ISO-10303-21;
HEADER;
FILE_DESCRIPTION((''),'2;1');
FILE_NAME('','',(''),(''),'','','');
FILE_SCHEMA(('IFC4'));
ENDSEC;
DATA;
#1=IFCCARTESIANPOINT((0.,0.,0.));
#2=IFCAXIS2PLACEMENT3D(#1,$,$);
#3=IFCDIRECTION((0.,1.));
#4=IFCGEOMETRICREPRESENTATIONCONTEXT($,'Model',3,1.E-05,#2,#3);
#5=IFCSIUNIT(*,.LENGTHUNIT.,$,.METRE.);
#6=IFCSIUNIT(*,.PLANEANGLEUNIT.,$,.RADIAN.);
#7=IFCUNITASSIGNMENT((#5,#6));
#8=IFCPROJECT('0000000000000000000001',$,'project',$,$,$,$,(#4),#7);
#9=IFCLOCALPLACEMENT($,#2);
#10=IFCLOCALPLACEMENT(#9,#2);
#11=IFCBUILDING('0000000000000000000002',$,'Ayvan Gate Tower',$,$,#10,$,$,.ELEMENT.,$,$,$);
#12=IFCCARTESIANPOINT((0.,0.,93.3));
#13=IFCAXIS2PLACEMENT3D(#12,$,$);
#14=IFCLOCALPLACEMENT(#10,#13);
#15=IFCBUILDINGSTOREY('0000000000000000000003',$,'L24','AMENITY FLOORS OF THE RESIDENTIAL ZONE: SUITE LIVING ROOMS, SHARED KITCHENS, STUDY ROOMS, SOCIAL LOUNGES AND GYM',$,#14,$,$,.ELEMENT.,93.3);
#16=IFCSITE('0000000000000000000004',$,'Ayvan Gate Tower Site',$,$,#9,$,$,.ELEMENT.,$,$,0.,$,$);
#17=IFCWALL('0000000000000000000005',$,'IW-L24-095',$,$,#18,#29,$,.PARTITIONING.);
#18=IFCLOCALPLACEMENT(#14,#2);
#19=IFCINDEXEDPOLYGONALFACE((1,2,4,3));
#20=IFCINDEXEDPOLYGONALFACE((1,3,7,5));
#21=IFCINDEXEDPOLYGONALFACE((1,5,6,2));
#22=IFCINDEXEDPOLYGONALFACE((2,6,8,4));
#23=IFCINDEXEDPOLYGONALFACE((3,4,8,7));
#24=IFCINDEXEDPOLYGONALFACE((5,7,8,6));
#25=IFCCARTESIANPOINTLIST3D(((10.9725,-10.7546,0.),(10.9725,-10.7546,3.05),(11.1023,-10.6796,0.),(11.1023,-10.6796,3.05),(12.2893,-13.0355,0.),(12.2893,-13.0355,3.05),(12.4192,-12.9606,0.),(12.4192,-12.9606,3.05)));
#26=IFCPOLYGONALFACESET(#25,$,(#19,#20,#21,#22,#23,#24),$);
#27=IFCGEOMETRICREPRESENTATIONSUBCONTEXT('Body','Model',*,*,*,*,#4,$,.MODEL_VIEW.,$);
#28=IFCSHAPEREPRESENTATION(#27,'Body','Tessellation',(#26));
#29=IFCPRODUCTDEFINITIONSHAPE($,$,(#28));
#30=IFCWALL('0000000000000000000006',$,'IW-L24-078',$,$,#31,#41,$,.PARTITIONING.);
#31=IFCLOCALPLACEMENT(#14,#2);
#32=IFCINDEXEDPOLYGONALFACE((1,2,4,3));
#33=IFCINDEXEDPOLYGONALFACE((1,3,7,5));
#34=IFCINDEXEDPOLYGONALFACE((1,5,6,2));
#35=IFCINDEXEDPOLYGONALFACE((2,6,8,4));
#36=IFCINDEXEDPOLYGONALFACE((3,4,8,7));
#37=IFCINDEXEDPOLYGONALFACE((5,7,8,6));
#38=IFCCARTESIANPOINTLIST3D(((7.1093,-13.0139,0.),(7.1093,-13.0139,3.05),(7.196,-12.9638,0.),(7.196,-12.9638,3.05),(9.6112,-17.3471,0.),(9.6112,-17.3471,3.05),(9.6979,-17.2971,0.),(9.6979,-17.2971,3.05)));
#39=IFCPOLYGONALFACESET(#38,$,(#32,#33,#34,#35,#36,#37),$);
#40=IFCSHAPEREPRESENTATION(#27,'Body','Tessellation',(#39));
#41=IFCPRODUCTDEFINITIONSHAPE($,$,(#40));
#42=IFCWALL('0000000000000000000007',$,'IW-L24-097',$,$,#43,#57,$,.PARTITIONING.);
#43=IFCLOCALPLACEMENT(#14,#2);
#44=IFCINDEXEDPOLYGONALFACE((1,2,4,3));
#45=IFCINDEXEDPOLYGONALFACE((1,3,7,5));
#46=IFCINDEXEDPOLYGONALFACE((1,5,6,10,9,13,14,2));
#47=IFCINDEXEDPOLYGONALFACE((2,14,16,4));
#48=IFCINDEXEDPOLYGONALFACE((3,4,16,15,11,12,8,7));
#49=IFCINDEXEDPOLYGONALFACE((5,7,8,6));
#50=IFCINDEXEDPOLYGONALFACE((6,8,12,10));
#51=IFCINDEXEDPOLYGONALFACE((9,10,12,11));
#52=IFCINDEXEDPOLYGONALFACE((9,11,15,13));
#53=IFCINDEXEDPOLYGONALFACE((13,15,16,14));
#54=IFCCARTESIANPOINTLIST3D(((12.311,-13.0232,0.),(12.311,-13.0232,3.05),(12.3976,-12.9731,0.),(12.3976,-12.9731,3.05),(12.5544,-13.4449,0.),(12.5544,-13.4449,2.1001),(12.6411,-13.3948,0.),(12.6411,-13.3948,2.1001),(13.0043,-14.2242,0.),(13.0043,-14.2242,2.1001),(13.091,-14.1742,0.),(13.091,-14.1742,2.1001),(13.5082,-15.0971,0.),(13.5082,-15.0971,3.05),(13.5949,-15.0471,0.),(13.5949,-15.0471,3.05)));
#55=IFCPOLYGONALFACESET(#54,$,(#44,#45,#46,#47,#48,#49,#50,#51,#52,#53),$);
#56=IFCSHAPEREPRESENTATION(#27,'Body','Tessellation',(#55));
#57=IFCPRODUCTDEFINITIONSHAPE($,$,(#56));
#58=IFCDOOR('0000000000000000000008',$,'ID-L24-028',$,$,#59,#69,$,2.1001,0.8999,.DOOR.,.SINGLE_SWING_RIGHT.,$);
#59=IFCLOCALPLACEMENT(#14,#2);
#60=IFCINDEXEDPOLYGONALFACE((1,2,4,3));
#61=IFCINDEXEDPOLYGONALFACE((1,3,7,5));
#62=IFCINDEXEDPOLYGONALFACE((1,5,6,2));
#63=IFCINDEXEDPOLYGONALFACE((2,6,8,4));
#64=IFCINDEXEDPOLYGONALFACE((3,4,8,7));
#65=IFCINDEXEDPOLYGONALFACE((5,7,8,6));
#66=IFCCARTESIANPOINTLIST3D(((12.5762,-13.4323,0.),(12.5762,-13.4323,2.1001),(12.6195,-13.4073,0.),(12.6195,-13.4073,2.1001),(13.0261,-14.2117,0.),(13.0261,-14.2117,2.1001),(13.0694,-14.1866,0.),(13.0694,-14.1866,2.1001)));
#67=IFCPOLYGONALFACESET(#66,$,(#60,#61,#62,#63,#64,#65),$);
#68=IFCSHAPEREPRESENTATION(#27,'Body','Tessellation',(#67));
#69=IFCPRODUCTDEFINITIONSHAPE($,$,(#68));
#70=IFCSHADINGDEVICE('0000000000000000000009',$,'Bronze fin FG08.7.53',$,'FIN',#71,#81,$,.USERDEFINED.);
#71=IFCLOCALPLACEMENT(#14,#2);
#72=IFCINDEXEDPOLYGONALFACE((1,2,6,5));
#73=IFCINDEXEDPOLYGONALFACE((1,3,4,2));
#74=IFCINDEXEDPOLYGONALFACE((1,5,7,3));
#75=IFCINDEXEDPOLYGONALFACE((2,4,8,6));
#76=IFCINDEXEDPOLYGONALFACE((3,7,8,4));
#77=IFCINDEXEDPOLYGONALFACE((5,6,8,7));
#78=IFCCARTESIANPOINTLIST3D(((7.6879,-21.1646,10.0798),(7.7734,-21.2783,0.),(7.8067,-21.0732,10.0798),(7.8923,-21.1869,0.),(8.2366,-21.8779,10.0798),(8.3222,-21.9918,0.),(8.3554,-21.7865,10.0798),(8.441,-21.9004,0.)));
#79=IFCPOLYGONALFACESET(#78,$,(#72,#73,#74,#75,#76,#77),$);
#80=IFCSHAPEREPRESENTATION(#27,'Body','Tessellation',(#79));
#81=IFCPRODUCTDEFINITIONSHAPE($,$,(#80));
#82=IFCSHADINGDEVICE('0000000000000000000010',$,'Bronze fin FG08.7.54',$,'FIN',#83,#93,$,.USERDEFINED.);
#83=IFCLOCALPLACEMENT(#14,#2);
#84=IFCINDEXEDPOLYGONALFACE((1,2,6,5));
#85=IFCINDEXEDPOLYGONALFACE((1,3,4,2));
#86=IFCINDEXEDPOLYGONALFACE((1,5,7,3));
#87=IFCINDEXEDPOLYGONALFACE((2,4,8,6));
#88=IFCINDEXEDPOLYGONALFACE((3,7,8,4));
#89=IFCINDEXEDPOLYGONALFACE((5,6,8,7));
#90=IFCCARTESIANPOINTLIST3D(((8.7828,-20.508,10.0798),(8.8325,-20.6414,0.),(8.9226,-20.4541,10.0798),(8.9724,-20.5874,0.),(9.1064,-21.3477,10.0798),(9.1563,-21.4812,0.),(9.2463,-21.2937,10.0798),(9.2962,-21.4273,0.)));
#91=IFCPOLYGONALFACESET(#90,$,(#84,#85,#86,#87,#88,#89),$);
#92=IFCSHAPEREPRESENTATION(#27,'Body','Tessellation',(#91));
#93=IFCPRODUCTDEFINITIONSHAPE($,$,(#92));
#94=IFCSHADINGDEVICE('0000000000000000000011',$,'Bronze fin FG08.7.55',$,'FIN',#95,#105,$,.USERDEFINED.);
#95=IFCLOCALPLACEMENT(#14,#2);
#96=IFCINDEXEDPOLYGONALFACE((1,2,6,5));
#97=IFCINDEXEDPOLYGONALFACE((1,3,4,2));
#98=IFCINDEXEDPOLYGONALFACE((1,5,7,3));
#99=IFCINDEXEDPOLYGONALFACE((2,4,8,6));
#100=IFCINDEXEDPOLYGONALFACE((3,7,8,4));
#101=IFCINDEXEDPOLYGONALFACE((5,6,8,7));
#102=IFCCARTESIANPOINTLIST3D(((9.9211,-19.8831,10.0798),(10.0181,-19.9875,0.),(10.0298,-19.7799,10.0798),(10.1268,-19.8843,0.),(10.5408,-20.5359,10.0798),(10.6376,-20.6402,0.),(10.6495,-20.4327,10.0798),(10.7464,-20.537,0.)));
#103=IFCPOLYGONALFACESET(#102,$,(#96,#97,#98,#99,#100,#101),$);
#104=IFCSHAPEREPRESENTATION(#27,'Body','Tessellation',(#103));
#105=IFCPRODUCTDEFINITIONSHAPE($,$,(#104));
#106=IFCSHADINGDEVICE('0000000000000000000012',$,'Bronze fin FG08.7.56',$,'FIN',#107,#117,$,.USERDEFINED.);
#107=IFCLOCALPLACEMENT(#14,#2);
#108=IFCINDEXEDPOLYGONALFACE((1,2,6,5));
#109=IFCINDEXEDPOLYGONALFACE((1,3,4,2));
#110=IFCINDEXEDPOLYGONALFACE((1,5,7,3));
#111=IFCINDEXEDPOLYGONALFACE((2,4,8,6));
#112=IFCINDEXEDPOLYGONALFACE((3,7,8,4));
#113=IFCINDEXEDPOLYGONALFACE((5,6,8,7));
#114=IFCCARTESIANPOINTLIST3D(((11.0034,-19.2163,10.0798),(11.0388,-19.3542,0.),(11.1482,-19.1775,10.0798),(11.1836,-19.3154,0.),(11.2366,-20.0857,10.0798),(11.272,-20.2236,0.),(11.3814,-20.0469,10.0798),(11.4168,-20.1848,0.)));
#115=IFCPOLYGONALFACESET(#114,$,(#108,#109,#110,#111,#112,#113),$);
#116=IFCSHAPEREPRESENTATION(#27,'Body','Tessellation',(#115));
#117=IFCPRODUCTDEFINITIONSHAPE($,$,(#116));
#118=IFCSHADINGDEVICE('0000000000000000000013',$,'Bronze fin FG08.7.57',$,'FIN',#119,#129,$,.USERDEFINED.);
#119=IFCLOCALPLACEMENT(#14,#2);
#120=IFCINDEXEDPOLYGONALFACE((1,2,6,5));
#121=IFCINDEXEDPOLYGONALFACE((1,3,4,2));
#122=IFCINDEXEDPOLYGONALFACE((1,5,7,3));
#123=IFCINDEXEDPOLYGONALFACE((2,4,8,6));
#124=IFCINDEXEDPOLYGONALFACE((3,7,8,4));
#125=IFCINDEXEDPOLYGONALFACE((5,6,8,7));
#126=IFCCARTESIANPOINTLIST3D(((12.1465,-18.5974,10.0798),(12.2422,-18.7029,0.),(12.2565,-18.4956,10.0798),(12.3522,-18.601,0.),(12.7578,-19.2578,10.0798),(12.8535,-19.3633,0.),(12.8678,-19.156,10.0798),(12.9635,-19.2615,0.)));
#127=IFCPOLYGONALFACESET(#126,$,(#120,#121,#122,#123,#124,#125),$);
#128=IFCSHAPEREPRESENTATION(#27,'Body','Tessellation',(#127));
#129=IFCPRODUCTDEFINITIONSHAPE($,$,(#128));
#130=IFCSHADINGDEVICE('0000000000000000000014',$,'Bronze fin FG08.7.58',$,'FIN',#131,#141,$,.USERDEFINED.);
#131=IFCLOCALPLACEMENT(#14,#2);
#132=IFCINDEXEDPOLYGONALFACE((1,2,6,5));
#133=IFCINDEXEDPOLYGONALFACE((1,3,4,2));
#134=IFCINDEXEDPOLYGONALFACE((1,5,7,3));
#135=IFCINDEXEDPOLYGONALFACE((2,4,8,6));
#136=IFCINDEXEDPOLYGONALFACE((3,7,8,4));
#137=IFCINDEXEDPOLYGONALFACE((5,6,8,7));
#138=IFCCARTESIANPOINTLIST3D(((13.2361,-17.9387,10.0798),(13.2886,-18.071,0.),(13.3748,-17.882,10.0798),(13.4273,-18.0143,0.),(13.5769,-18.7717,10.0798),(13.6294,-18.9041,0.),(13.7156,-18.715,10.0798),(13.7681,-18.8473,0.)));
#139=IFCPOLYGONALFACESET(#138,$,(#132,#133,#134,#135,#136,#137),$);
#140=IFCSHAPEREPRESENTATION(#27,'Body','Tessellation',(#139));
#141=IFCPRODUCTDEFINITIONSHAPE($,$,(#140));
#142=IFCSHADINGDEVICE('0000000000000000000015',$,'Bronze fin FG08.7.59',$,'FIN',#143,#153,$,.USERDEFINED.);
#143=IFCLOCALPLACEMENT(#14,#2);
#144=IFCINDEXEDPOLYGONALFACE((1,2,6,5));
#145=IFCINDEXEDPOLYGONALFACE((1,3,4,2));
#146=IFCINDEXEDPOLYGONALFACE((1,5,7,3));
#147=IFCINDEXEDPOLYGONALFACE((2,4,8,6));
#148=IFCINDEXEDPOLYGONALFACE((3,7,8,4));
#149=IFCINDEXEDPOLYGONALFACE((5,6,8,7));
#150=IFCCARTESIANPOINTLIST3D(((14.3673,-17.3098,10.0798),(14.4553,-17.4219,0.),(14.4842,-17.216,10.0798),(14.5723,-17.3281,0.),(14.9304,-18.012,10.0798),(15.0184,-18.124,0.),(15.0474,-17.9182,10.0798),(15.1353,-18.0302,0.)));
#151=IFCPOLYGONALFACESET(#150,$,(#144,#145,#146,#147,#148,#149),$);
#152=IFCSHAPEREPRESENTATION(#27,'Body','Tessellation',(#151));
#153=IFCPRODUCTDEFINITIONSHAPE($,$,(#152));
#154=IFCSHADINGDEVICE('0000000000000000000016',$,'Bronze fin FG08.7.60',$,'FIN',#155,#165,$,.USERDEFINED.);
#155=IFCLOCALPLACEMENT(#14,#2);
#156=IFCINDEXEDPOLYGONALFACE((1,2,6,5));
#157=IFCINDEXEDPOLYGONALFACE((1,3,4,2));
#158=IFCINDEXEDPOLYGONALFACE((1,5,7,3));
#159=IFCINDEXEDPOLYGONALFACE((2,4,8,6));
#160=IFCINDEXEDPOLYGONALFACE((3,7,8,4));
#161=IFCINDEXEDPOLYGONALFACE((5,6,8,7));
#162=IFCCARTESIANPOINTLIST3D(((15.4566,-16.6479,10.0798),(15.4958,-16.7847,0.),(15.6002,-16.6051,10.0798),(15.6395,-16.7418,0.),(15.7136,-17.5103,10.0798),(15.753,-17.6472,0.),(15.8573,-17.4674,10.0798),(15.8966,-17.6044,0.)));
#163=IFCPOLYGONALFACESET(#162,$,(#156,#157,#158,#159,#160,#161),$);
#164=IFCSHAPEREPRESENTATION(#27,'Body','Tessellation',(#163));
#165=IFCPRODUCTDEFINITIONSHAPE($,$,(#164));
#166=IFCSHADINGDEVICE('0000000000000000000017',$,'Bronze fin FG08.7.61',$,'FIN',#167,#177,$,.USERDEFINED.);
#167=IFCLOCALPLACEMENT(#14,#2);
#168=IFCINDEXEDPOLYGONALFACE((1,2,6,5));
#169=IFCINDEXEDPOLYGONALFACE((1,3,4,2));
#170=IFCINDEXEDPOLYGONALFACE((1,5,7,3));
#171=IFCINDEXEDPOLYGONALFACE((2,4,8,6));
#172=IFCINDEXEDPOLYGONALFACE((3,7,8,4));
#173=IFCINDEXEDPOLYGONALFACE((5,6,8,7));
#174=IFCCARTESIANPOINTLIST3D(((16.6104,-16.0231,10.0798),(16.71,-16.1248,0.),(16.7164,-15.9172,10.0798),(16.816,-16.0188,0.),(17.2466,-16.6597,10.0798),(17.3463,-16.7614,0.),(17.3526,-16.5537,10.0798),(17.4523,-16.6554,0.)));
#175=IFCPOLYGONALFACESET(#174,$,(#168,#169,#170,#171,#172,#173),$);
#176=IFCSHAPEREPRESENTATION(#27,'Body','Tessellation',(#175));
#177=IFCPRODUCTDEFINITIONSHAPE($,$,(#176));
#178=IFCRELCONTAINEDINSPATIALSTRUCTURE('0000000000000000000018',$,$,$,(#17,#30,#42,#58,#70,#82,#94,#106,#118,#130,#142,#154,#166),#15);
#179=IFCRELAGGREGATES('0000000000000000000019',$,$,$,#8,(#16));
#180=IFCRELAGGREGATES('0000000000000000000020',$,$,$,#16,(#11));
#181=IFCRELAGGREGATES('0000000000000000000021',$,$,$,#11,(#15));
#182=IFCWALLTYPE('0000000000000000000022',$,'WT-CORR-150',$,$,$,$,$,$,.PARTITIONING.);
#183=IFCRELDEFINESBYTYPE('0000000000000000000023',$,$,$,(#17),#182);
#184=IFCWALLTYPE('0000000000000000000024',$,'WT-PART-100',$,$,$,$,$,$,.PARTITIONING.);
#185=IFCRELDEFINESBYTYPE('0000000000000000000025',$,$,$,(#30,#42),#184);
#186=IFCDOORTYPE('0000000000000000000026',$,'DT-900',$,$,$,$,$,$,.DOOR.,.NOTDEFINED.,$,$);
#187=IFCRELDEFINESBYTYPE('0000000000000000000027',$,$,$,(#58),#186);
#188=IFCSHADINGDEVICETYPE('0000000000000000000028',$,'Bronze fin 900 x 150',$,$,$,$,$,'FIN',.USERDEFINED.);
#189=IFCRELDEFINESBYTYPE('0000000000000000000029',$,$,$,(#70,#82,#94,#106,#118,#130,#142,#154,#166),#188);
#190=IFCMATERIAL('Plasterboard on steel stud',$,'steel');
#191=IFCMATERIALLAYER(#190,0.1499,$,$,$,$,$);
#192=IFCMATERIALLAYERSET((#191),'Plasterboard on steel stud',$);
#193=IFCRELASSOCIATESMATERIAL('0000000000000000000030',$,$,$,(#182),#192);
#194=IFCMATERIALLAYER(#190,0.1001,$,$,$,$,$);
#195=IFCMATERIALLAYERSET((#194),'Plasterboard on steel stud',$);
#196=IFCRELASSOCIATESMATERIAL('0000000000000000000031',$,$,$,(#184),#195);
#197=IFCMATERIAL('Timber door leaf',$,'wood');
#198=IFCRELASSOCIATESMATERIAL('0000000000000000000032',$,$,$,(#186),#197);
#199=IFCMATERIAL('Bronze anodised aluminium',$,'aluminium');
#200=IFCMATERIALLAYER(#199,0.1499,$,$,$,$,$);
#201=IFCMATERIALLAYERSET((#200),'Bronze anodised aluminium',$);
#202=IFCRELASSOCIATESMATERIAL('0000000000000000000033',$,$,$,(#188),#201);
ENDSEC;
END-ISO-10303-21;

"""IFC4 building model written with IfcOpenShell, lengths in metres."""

from ifc_helpers import new_model, si_unit, direction, frame, frame_2d, origin, place, context, subcontext, project, spatial, polyline, rectangle, outline, extrude, material, layer, layer_set, type_object, element, fill, save


model = new_model("IFC4")

# Units and contexts
model_context = context("Model", 3, precision=1e-05, world=origin(), true_north=direction((0.0, 1.0)))
body_context = subcontext(model_context, "Body", "Model", "MODEL_VIEW")
ifc_project = project(units=[si_unit("LENGTHUNIT", "METRE"), si_unit("PLANEANGLEUNIT", "RADIAN")], contexts=[model_context])

# Site, building, storey
site_placement = place(None, origin())
site = spatial("IfcSite", under=ifc_project, at=site_placement, Name="Ayvan Gate Tower Site", CompositionType="ELEMENT", RefElevation=0.0)
building_placement = place(site_placement, origin())
building = spatial("IfcBuilding", under=site, at=building_placement, Name="Ayvan Gate Tower", CompositionType="ELEMENT")
storey_placement = place(building_placement, frame((0.0, 0.0, 93.3)))
storey = spatial("IfcBuildingStorey", under=building, at=storey_placement, Name="L24", Description="AMENITY FLOORS OF THE RESIDENTIAL ZONE: SUITE LIVING ROOMS, SHARED KITCHENS, STUDY ROOMS, SOCIAL LOUNGES AND GYM", CompositionType="ELEMENT", Elevation=93.3)

# Shared definitions
ifc_material_1 = material(Name="Bronze anodised aluminium", Category="aluminium")

# Walls
ifc_material_2 = material(Name="Plasterboard on steel stud", Category="steel")
ifc_layer_1 = layer(ifc_material_2, 0.1499)
ifc_layer_set_1 = layer_set([ifc_layer_1], Name="Plasterboard on steel stud")
wall_type_1 = type_object("IfcWallType", Name="WT-CORR-150", PredefinedType="PARTITIONING", material=ifc_layer_set_1)
wall_1_placement = place(storey_placement, frame((12.3542, -12.998, 0.0), z_axis=(0.0, 0.0, 1.0), x_axis=(-0.499987, 0.866033, 0.0)))
element("IfcWall", 1, at=wall_1_placement, inside=storey, type_object=wall_type_1, Name="IW-L24-095", PredefinedType="PARTITIONING", context=body_context, shape_type="SweptSolid", body=[
    extrude(rectangle(XDim=2.6338, YDim=0.1499, at=frame_2d((1.3169, 0.0))), origin(), (0.0, 0.0, 1.0), 3.05),
])
ifc_layer_2 = layer(ifc_material_2, 0.1001)
ifc_layer_set_2 = layer_set([ifc_layer_2], Name="Plasterboard on steel stud")
wall_type_2 = type_object("IfcWallType", Name="WT-PART-100", PredefinedType="PARTITIONING", material=ifc_layer_set_2)
wall_2_placement = place(storey_placement, frame((7.1526, -12.9888, 0.0), z_axis=(0.0, 0.0, 1.0), x_axis=(0.500022, -0.866013, 0.0)))
element("IfcWall", 2, at=wall_2_placement, inside=storey, type_object=wall_type_2, Name="IW-L24-078", PredefinedType="PARTITIONING", context=body_context, shape_type="SweptSolid", body=[
    extrude(rectangle(XDim=5.0037, YDim=0.1001, at=frame_2d((2.502, 0.0))), origin(), (0.0, 0.0, 1.0), 3.05),
])

# Wall, opening, door
wall_3_placement = place(storey_placement, frame((13.5515, -15.072, 0.0), z_axis=(0.0, 0.0, 1.0), x_axis=(-0.499955, 0.866051, 0.0)))
wall_3 = element("IfcWall", 3, at=wall_3_placement, inside=storey, type_object=wall_type_2, Name="IW-L24-097", PredefinedType="PARTITIONING", context=body_context, shape_type="SweptSolid", body=[
    extrude(rectangle(XDim=2.3948, YDim=0.1001, at=frame_2d((1.1973, 0.0))), origin(), (0.0, 0.0, 1.0), 3.05),
])
opening_placement = place(wall_3_placement, frame((1.0078, 0.0, 0.0)))
opening = element("IfcOpeningElement", 4, at=opening_placement, cuts=wall_3, PredefinedType="OPENING", context=body_context, shape_type="SweptSolid", body=[
    extrude(rectangle(XDim=0.8999, YDim=2.1001, at=frame_2d((0.45, 1.05))), frame((0.0, 0.0601, 0.0), z_axis=(0.0, -1.0, 0.0), x_axis=(1.0, 0.0, 0.0)), (0.0, 0.0, 1.0), 0.1201),
])
ifc_material_3 = material(Name="Timber door leaf", Category="wood")
door_type = type_object("IfcDoorType", Name="DT-900", OperationType="NOTDEFINED", PredefinedType="DOOR", material=ifc_material_3)
door_placement = place(opening_placement, origin())
door = element("IfcDoor", 5, at=door_placement, inside=storey, type_object=door_type, Name="ID-L24-028", OperationType="SINGLE_SWING_RIGHT", OverallHeight=2.1001, OverallWidth=0.8999, PredefinedType="DOOR", context=body_context, shape_type="SweptSolid", body=[
    extrude(rectangle(XDim=0.8999, YDim=2.1001, at=frame_2d((0.45, 1.05))), frame((0.0, 0.0249, 0.0), z_axis=(0.0, -1.0, 0.0), x_axis=(1.0, 0.0, 0.0)), (0.0, 0.0, 1.0), 0.05),
])
fill(opening, door)

# Shading devices
ifc_layer_3 = layer(ifc_material_1, 0.1499)
ifc_layer_set_3 = layer_set([ifc_layer_3], Name="Bronze anodised aluminium")
shading_device_type = type_object("IfcShadingDeviceType", Name="Bronze fin 900 x 150", ElementType="FIN", PredefinedType="USERDEFINED", material=ifc_layer_set_3)
shading_device_1_placement = place(storey_placement, frame((7.7734, -21.2783, 0.0), z_axis=(-0.792649, -0.609678, 0.000152), x_axis=(0.609678, -0.792649, 0.0)))
element("IfcShadingDevice", 6, at=shading_device_1_placement, inside=storey, type_object=shading_device_type, Name="Bronze fin FG08.7.53", ObjectType="FIN", PredefinedType="USERDEFINED", context=body_context, shape_type="SweptSolid", body=[
    extrude(outline(polyline([(0.0, 0.0), (0.9001, 0.0), (0.7576, 10.0798), (-0.1423, 10.0798), (0.0, 0.0)])), origin(), (0.0, 0.0, -1.0), 0.1499),
])
shading_device_2_placement = place(storey_placement, frame((8.8325, -20.6414, 0.0), z_axis=(-0.933062, -0.359715, 0.000151), x_axis=(0.359715, -0.933062, 0.0)))
element("IfcShadingDevice", 7, at=shading_device_2_placement, inside=storey, type_object=shading_device_type, Name="Bronze fin FG08.7.54", ObjectType="FIN", PredefinedType="USERDEFINED", context=body_context, shape_type="SweptSolid", body=[
    extrude(outline(polyline([(0.0, 0.0), (0.9001, 0.0), (0.7576, 10.0798), (-0.1423, 10.0798), (0.0, 0.0)])), origin(), (0.0, 0.0, -1.0), 0.1499),
])
shading_device_3_placement = place(storey_placement, frame((10.0181, -19.9875, 0.0), z_axis=(-0.725247, -0.688489, 0.000155), x_axis=(0.688489, -0.725247, 0.0)))
element("IfcShadingDevice", 8, at=shading_device_3_placement, inside=storey, type_object=shading_device_type, Name="Bronze fin FG08.7.55", ObjectType="FIN", PredefinedType="USERDEFINED", context=body_context, shape_type="SweptSolid", body=[
    extrude(outline(polyline([(0.0, 0.0), (0.8999, 0.0), (0.7576, 10.0798), (-0.1425, 10.0798), (0.0, 0.0)])), origin(), (0.0, 0.0, -1.0), 0.1499),
])
shading_device_4_placement = place(storey_placement, frame((11.0388, -19.3542, 0.0), z_axis=(-0.965869, -0.25903, 0.000153), x_axis=(0.25903, -0.965869, 0.0)))
element("IfcShadingDevice", 9, at=shading_device_4_placement, inside=storey, type_object=shading_device_type, Name="Bronze fin FG08.7.56", ObjectType="FIN", PredefinedType="USERDEFINED", context=body_context, shape_type="SweptSolid", body=[
    extrude(outline(polyline([(0.0, 0.0), (0.9001, 0.0), (0.7577, 10.0798), (-0.1424, 10.0798), (0.0, 0.0)])), origin(), (0.0, 0.0, -1.0), 0.1499),
])
shading_device_5_placement = place(storey_placement, frame((12.2422, -18.7029, 0.0), z_axis=(-0.733846, -0.679316, 0.00014), x_axis=(0.679316, -0.733846, 0.0)))
element("IfcShadingDevice", 10, at=shading_device_5_placement, inside=storey, type_object=shading_device_type, Name="Bronze fin FG08.7.57", ObjectType="FIN", PredefinedType="USERDEFINED", context=body_context, shape_type="SweptSolid", body=[
    extrude(outline(polyline([(0.0, 0.0), (0.8999, 0.0), (0.7575, 10.0798), (-0.1424, 10.0798), (0.0, 0.0)])), origin(), (0.0, 0.0, -1.0), 0.1499),
])
shading_device_6_placement = place(storey_placement, frame((13.2886, -18.071, 0.0), z_axis=(-0.92553, -0.378675, 0.000151), x_axis=(0.378675, -0.92553, 0.0)))
element("IfcShadingDevice", 11, at=shading_device_6_placement, inside=storey, type_object=shading_device_type, Name="Bronze fin FG08.7.58", ObjectType="FIN", PredefinedType="USERDEFINED", context=body_context, shape_type="SweptSolid", body=[
    extrude(outline(polyline([(0.0, 0.0), (0.9, 0.0), (0.7577, 10.0798), (-0.1423, 10.0798), (0.0, 0.0)])), origin(), (0.0, 0.0, -1.0), 0.1499),
])
shading_device_7_placement = place(storey_placement, frame((14.4553, -17.4219, 0.0), z_axis=(-0.780114, -0.625637, 0.000144), x_axis=(0.625637, -0.780114, 0.0)))
element("IfcShadingDevice", 12, at=shading_device_7_placement, inside=storey, type_object=shading_device_type, Name="Bronze fin FG08.7.59", ObjectType="FIN", PredefinedType="USERDEFINED", context=body_context, shape_type="SweptSolid", body=[
    extrude(outline(polyline([(0.0, 0.0), (0.9, 0.0), (0.7576, 10.0798), (-0.1426, 10.0798), (0.0, 0.0)])), origin(), (0.0, 0.0, -1.0), 0.1499),
])
shading_device_8_placement = place(storey_placement, frame((15.4958, -16.7847, 0.0), z_axis=(-0.958329, -0.285667, 0.000141), x_axis=(0.285667, -0.958329, 0.0)))
element("IfcShadingDevice", 13, at=shading_device_8_placement, inside=storey, type_object=shading_device_type, Name="Bronze fin FG08.7.60", ObjectType="FIN", PredefinedType="USERDEFINED", context=body_context, shape_type="SweptSolid", body=[
    extrude(outline(polyline([(0.0, 0.0), (0.9, 0.0), (0.7576, 10.0798), (-0.1423, 10.0798), (0.0, 0.0)])), origin(), (0.0, 0.0, -1.0), 0.1499),
])
shading_device_9_placement = place(storey_placement, frame((16.71, -16.1248, 0.0), z_axis=(-0.70731, -0.706903, 0.000142), x_axis=(0.706903, -0.70731, 0.0)))
element("IfcShadingDevice", 14, at=shading_device_9_placement, inside=storey, type_object=shading_device_type, Name="Bronze fin FG08.7.61", ObjectType="FIN", PredefinedType="USERDEFINED", context=body_context, shape_type="SweptSolid", body=[
    extrude(outline(polyline([(0.0, 0.0), (0.9001, 0.0), (0.7577, 10.0798), (-0.1423, 10.0798), (0.0, 0.0)])), origin(), (0.0, 0.0, -1.0), 0.1499),
])

save(model, "model.ifc")
